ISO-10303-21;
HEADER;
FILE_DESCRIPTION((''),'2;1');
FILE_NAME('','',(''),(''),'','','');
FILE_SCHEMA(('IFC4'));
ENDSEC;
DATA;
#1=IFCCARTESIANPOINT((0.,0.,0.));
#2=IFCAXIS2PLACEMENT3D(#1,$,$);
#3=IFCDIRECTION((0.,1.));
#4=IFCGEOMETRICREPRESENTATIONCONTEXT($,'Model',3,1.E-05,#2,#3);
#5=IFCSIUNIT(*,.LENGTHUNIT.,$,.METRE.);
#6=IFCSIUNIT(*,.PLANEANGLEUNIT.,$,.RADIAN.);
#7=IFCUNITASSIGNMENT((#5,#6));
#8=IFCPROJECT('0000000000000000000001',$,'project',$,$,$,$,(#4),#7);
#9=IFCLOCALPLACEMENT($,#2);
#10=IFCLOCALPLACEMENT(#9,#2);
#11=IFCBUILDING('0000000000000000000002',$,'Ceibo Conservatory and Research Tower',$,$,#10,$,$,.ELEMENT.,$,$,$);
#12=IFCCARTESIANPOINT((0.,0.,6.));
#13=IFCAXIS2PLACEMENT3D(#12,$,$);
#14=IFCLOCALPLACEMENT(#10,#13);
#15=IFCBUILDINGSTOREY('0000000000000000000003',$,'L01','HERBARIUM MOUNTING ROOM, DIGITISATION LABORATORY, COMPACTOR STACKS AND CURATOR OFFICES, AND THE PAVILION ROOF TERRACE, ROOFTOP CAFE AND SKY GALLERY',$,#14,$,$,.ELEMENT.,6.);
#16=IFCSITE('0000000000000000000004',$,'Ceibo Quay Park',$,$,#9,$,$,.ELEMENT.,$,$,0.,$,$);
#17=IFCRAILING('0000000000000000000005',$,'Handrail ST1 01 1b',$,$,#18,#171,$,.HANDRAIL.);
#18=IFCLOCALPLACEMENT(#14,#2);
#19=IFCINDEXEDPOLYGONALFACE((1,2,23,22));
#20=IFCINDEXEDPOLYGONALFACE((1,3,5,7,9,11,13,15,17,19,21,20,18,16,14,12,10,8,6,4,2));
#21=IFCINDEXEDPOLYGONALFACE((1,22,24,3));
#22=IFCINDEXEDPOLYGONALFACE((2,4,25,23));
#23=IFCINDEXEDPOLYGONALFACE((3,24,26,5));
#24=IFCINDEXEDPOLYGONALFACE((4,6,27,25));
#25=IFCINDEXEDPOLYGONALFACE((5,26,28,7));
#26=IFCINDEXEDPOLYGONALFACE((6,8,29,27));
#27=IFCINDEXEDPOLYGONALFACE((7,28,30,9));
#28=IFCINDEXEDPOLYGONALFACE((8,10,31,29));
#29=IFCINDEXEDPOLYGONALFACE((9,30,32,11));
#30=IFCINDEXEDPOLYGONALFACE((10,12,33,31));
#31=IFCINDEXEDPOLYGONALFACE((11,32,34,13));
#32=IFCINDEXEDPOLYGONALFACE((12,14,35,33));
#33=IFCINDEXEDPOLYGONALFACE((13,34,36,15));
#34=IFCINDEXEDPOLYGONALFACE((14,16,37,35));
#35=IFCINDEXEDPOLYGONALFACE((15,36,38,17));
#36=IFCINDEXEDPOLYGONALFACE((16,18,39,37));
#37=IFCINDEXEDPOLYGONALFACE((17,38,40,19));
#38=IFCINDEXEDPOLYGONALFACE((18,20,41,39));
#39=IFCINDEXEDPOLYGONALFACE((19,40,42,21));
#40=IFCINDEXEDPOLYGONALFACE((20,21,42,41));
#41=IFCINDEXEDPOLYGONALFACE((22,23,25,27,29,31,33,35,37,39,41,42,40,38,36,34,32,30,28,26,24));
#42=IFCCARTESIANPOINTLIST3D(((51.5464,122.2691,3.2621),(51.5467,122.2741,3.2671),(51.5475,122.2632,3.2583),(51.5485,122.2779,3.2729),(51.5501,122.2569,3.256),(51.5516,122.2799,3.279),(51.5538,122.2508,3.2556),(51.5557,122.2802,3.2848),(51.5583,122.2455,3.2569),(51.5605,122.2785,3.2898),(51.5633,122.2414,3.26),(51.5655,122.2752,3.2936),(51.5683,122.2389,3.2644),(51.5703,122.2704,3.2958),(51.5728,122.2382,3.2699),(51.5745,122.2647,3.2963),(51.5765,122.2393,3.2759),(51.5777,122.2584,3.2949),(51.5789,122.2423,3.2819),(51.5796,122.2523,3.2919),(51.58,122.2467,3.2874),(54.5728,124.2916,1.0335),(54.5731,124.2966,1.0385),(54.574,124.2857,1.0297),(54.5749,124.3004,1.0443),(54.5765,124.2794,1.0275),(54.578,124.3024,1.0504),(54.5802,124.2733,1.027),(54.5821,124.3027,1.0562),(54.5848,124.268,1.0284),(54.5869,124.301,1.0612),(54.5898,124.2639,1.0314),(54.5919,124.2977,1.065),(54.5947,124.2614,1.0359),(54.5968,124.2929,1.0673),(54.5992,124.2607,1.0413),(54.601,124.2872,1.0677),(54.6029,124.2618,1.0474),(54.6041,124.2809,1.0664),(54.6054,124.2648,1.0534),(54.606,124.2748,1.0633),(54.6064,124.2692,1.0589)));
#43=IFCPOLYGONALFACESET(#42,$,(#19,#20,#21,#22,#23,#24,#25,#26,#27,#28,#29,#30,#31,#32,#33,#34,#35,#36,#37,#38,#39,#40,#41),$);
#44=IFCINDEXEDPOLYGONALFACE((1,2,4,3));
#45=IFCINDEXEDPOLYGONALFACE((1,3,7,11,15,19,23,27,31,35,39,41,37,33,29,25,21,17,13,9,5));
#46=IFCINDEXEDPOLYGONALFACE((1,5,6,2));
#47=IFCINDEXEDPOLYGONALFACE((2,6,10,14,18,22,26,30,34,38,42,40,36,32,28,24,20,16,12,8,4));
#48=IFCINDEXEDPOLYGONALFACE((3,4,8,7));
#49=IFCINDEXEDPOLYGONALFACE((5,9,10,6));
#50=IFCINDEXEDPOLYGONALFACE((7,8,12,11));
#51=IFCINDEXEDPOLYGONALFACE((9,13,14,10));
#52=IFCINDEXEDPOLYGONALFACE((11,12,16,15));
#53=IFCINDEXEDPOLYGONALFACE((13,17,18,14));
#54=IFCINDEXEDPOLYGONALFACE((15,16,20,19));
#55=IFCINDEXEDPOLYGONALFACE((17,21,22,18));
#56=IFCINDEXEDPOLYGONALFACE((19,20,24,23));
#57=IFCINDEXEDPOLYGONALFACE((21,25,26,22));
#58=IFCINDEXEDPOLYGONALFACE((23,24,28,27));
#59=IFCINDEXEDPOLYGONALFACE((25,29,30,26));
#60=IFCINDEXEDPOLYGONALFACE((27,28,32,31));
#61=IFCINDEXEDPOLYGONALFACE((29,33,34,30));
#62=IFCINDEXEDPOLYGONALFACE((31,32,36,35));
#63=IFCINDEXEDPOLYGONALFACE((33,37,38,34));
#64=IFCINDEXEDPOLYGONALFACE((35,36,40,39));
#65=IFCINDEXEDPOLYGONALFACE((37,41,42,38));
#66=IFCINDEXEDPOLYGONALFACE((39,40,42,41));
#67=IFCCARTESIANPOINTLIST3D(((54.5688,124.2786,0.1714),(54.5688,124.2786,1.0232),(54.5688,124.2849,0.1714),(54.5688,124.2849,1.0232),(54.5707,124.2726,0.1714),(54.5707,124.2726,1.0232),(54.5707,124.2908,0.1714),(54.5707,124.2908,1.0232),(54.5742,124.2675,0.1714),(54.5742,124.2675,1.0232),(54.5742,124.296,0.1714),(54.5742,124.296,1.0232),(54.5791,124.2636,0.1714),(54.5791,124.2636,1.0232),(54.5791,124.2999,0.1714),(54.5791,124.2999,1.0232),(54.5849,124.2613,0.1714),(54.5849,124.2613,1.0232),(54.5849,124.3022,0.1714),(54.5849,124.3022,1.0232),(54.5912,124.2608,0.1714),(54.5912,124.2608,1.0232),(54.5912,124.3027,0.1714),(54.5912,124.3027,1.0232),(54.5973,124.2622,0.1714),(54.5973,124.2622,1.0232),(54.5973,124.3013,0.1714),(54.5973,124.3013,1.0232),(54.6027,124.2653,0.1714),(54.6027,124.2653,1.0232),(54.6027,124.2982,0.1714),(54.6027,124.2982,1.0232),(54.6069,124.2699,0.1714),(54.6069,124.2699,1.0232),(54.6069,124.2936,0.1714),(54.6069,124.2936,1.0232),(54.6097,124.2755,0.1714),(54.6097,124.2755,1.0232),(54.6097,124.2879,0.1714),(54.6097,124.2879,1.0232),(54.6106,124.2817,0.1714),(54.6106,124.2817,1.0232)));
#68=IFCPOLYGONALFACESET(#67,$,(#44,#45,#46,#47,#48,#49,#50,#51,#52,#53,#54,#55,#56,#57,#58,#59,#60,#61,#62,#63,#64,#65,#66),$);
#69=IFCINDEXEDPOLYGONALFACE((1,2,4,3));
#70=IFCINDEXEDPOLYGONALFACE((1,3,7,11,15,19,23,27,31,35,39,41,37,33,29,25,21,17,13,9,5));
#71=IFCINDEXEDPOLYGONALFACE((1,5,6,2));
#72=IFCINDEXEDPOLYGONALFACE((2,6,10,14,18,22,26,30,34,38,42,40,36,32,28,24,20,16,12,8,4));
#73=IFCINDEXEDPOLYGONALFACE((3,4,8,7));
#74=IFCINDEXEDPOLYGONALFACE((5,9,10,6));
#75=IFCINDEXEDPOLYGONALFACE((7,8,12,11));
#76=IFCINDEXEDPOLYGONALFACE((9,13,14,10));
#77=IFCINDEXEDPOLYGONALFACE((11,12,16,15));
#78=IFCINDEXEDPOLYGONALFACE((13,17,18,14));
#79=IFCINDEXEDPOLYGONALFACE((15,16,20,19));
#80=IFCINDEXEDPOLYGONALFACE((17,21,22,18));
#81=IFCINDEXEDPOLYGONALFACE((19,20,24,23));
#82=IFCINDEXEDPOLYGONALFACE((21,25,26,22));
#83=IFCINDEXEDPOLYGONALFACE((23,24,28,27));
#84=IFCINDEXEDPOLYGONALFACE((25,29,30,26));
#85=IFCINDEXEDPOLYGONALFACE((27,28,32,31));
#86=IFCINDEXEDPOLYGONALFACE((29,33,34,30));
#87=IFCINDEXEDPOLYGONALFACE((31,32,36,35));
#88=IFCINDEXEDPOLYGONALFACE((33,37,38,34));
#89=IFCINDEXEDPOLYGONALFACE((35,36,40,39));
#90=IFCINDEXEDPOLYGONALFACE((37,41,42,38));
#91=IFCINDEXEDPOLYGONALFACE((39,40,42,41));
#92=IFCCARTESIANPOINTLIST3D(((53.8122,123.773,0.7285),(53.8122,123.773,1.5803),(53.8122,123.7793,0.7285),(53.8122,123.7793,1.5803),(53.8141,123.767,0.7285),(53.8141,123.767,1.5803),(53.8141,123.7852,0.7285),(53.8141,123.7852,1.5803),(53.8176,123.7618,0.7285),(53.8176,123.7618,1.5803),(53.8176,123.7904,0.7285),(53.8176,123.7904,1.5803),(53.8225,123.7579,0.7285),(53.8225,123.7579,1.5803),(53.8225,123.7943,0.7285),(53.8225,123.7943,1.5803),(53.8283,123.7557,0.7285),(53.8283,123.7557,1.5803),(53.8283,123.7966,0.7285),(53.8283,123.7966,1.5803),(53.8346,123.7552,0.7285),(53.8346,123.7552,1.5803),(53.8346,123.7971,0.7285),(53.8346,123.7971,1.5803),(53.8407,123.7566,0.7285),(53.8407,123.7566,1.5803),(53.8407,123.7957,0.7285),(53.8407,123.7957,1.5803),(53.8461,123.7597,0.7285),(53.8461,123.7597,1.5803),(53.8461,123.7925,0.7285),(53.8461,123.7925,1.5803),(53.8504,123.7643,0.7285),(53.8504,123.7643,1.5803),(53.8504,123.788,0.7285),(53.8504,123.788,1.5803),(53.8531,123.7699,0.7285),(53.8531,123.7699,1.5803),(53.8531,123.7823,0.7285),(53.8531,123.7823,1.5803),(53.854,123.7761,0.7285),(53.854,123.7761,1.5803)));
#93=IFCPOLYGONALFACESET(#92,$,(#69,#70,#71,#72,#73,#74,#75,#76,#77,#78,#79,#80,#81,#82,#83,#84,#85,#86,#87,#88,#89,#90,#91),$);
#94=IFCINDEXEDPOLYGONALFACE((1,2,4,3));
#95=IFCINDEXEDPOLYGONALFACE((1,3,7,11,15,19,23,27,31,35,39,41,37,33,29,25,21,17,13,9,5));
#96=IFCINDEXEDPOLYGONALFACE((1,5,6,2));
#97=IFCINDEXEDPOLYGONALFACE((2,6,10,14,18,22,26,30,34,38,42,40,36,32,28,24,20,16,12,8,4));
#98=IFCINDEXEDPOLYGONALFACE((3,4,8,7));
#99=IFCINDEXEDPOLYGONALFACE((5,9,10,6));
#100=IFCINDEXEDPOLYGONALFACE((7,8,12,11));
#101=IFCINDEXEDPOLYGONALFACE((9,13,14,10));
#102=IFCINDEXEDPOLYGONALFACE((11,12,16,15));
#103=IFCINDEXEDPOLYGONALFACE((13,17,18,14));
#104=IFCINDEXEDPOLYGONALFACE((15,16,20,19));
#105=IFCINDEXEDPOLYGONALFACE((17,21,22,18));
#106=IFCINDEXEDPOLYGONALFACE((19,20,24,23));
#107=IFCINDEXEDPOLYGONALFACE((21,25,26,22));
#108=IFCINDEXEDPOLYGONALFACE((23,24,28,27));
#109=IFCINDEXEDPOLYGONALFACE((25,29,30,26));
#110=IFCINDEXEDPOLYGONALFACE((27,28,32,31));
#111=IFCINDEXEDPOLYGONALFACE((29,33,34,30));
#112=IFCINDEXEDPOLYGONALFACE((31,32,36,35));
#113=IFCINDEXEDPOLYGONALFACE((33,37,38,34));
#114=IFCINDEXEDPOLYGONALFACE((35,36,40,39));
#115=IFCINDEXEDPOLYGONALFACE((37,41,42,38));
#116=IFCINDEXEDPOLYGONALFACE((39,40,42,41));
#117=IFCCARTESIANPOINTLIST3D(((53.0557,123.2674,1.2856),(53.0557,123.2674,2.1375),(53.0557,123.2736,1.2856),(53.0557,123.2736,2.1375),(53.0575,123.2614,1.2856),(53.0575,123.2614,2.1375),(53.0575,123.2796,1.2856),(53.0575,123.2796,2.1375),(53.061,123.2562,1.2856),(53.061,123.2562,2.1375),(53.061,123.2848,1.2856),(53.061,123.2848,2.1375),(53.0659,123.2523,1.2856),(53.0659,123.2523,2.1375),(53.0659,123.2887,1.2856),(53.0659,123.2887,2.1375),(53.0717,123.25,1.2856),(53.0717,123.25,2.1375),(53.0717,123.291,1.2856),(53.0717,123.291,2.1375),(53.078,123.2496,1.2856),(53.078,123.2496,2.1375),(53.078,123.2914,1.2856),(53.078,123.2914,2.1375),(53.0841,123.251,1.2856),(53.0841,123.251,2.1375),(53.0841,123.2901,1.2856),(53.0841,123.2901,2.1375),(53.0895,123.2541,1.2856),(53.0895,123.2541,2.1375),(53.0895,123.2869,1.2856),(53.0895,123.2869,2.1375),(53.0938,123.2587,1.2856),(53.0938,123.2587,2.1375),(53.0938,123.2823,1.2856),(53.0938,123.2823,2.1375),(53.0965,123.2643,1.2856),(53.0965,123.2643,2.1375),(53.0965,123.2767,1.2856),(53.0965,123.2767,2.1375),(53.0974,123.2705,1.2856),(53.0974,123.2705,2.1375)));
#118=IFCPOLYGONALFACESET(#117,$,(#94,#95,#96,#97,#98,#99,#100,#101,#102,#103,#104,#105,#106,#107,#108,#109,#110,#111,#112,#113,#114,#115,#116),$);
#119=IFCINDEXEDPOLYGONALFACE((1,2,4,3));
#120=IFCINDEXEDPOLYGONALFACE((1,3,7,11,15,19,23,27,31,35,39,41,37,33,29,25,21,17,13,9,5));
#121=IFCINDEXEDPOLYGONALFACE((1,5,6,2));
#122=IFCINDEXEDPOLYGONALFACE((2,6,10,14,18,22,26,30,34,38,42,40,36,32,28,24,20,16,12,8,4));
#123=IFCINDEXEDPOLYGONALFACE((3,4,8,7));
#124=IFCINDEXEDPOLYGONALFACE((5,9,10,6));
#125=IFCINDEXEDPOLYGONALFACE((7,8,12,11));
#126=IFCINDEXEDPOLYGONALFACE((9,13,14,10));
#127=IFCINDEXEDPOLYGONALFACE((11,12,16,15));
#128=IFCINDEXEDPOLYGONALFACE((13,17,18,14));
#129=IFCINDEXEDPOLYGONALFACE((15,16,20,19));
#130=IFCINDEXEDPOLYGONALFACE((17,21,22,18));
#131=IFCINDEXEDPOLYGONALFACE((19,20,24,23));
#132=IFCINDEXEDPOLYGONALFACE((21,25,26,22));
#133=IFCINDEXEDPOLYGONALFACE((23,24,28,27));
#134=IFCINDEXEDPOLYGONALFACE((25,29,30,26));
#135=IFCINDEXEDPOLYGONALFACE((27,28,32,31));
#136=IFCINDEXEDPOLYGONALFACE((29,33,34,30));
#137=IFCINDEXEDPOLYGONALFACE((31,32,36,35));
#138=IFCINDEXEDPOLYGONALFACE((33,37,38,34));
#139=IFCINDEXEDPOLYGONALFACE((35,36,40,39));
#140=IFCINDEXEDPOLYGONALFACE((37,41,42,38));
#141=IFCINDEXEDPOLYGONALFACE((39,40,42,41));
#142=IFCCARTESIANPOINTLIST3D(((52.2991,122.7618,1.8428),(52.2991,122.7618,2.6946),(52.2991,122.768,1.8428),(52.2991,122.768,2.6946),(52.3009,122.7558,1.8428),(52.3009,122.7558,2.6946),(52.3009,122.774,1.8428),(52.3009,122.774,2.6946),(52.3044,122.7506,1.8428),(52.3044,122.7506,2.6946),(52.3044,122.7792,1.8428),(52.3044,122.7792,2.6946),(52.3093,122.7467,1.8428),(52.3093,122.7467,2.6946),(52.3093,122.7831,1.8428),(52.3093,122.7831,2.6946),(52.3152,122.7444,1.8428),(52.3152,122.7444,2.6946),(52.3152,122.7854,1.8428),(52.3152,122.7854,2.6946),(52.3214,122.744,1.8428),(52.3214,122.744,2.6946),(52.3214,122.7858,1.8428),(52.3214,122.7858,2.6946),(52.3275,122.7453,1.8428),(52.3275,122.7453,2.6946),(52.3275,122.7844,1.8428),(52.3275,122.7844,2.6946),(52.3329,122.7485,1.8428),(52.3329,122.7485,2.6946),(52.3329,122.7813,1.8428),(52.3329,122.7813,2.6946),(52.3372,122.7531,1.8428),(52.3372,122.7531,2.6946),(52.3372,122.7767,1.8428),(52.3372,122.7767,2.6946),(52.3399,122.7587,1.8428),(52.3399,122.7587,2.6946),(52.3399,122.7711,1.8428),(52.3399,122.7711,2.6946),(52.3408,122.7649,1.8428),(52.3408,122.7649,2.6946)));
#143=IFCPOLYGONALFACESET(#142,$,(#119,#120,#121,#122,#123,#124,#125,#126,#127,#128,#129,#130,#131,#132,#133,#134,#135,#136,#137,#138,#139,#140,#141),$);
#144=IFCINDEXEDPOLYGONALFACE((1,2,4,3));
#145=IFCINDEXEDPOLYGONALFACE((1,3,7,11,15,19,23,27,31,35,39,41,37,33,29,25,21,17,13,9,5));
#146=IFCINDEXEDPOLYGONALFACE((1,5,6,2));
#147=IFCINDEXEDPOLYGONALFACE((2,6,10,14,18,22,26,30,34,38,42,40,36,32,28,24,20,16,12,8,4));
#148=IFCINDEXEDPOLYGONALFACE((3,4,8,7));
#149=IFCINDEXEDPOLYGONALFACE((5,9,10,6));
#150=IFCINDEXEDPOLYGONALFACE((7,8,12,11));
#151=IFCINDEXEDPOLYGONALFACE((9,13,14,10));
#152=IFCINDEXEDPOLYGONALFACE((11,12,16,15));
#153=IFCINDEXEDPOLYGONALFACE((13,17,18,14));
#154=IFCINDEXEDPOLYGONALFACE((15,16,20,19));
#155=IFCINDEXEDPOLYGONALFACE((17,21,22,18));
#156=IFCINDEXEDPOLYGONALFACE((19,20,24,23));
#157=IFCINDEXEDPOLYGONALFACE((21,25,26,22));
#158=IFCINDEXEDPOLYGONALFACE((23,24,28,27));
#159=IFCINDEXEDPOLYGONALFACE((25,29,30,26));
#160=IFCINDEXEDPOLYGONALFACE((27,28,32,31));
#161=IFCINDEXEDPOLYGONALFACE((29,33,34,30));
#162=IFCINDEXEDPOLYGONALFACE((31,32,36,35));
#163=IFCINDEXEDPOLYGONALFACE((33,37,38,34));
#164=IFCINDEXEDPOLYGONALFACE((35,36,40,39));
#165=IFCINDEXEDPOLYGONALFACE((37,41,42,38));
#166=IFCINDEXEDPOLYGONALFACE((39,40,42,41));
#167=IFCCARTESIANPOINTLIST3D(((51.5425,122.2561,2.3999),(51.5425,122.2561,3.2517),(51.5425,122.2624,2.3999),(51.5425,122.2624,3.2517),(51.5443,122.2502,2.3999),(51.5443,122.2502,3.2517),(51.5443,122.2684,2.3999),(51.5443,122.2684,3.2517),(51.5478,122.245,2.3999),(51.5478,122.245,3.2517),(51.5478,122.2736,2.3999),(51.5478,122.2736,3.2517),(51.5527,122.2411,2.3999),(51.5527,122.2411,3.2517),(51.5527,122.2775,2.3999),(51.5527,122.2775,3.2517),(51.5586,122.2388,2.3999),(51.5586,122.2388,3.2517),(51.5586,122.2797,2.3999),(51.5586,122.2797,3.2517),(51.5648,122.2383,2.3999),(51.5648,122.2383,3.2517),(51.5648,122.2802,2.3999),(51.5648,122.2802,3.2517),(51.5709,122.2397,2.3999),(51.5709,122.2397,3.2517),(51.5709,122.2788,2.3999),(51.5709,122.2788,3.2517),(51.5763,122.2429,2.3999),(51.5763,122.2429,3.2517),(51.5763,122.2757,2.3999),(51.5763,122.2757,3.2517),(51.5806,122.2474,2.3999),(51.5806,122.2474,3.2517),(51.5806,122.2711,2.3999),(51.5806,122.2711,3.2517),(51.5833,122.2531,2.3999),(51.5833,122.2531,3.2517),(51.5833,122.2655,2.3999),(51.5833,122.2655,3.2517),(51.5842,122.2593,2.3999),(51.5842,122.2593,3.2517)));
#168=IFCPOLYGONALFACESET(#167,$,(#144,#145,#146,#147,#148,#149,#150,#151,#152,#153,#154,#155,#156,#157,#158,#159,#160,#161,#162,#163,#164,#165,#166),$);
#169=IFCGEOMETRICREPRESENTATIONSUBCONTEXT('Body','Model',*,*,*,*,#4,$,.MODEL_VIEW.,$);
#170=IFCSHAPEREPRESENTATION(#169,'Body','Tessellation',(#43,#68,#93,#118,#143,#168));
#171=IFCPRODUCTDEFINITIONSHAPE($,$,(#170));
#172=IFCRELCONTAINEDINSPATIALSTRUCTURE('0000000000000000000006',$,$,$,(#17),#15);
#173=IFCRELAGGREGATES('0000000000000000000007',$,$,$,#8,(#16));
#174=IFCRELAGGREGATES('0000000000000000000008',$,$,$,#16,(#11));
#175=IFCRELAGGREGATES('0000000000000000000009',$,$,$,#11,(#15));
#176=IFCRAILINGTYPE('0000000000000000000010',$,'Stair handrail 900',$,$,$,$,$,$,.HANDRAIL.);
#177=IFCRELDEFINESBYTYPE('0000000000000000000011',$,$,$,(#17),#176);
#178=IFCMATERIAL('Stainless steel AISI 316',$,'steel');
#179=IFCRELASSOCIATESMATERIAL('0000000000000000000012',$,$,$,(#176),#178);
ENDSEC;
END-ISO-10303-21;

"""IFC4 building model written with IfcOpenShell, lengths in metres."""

from ifc_helpers import new_model, si_unit, direction, frame, origin, origin_2d, place, context, subcontext, project, spatial, circle, extrude, material, type_object, element, save


model = new_model("IFC4")

# Units and contexts
model_context = context("Model", 3, precision=1e-05, world=origin(), true_north=direction((0.0, 1.0)))
body_context = subcontext(model_context, "Body", "Model", "MODEL_VIEW")
ifc_project = project(units=[si_unit("LENGTHUNIT", "METRE"), si_unit("PLANEANGLEUNIT", "RADIAN")], contexts=[model_context])

# Site, building, storey
site_placement = place(None, origin())
site = spatial("IfcSite", under=ifc_project, at=site_placement, Name="Ceibo Quay Park", CompositionType="ELEMENT", RefElevation=0.0)
building_placement = place(site_placement, origin())
building = spatial("IfcBuilding", under=site, at=building_placement, Name="Ceibo Conservatory and Research Tower", CompositionType="ELEMENT")
storey_placement = place(building_placement, frame((0.0, 0.0, 6.0)))
storey = spatial("IfcBuildingStorey", under=building, at=storey_placement, Name="L01", Description="HERBARIUM MOUNTING ROOM, DIGITISATION LABORATORY, COMPACTOR STACKS AND CURATOR OFFICES, AND THE PAVILION ROOF TERRACE, ROOFTOP CAFE AND SKY GALLERY", CompositionType="ELEMENT", Elevation=6.0)

# Railing
ifc_material_1 = material(Name="Stainless steel AISI 316", Category="steel")
railing_type = type_object("IfcRailingType", Name="Stair handrail 900", PredefinedType="HANDRAIL", material=ifc_material_1)
railing_placement = place(storey_placement, frame((54.5896, 124.2817, 0.1714)))
element("IfcRailing", 1, at=railing_placement, inside=storey, type_object=railing_type, Name="Handrail ST1 01 1b", PredefinedType="HANDRAIL", context=body_context, shape_type="SweptSolid", body=[
    extrude(circle(Radius=0.0239, at=origin_2d()), frame((0.0, 0.0, 0.876), z_axis=(-0.709089, -0.47387, 0.522149), x_axis=(0.555629, -0.831431, 0.0)), (0.0, 0.0, 1.0), 4.2681),
    extrude(circle(Radius=0.021, at=origin_2d()), origin(), (0.0, 0.0, 1.0), 0.8518),
    extrude(circle(Radius=0.021, at=origin_2d()), frame((-0.7566, -0.5056, 0.5571)), (0.0, 0.0, 1.0), 0.8518),
    extrude(circle(Radius=0.021, at=origin_2d()), frame((-1.5132, -1.0112, 1.1143)), (0.0, 0.0, 1.0), 0.8518),
    extrude(circle(Radius=0.021, at=origin_2d()), frame((-2.2698, -1.5168, 1.6714)), (0.0, 0.0, 1.0), 0.8518),
    extrude(circle(Radius=0.021, at=origin_2d()), frame((-3.0264, -2.0225, 2.2285)), (0.0, 0.0, 1.0), 0.8518),
])

save(model, "model.ifc")
